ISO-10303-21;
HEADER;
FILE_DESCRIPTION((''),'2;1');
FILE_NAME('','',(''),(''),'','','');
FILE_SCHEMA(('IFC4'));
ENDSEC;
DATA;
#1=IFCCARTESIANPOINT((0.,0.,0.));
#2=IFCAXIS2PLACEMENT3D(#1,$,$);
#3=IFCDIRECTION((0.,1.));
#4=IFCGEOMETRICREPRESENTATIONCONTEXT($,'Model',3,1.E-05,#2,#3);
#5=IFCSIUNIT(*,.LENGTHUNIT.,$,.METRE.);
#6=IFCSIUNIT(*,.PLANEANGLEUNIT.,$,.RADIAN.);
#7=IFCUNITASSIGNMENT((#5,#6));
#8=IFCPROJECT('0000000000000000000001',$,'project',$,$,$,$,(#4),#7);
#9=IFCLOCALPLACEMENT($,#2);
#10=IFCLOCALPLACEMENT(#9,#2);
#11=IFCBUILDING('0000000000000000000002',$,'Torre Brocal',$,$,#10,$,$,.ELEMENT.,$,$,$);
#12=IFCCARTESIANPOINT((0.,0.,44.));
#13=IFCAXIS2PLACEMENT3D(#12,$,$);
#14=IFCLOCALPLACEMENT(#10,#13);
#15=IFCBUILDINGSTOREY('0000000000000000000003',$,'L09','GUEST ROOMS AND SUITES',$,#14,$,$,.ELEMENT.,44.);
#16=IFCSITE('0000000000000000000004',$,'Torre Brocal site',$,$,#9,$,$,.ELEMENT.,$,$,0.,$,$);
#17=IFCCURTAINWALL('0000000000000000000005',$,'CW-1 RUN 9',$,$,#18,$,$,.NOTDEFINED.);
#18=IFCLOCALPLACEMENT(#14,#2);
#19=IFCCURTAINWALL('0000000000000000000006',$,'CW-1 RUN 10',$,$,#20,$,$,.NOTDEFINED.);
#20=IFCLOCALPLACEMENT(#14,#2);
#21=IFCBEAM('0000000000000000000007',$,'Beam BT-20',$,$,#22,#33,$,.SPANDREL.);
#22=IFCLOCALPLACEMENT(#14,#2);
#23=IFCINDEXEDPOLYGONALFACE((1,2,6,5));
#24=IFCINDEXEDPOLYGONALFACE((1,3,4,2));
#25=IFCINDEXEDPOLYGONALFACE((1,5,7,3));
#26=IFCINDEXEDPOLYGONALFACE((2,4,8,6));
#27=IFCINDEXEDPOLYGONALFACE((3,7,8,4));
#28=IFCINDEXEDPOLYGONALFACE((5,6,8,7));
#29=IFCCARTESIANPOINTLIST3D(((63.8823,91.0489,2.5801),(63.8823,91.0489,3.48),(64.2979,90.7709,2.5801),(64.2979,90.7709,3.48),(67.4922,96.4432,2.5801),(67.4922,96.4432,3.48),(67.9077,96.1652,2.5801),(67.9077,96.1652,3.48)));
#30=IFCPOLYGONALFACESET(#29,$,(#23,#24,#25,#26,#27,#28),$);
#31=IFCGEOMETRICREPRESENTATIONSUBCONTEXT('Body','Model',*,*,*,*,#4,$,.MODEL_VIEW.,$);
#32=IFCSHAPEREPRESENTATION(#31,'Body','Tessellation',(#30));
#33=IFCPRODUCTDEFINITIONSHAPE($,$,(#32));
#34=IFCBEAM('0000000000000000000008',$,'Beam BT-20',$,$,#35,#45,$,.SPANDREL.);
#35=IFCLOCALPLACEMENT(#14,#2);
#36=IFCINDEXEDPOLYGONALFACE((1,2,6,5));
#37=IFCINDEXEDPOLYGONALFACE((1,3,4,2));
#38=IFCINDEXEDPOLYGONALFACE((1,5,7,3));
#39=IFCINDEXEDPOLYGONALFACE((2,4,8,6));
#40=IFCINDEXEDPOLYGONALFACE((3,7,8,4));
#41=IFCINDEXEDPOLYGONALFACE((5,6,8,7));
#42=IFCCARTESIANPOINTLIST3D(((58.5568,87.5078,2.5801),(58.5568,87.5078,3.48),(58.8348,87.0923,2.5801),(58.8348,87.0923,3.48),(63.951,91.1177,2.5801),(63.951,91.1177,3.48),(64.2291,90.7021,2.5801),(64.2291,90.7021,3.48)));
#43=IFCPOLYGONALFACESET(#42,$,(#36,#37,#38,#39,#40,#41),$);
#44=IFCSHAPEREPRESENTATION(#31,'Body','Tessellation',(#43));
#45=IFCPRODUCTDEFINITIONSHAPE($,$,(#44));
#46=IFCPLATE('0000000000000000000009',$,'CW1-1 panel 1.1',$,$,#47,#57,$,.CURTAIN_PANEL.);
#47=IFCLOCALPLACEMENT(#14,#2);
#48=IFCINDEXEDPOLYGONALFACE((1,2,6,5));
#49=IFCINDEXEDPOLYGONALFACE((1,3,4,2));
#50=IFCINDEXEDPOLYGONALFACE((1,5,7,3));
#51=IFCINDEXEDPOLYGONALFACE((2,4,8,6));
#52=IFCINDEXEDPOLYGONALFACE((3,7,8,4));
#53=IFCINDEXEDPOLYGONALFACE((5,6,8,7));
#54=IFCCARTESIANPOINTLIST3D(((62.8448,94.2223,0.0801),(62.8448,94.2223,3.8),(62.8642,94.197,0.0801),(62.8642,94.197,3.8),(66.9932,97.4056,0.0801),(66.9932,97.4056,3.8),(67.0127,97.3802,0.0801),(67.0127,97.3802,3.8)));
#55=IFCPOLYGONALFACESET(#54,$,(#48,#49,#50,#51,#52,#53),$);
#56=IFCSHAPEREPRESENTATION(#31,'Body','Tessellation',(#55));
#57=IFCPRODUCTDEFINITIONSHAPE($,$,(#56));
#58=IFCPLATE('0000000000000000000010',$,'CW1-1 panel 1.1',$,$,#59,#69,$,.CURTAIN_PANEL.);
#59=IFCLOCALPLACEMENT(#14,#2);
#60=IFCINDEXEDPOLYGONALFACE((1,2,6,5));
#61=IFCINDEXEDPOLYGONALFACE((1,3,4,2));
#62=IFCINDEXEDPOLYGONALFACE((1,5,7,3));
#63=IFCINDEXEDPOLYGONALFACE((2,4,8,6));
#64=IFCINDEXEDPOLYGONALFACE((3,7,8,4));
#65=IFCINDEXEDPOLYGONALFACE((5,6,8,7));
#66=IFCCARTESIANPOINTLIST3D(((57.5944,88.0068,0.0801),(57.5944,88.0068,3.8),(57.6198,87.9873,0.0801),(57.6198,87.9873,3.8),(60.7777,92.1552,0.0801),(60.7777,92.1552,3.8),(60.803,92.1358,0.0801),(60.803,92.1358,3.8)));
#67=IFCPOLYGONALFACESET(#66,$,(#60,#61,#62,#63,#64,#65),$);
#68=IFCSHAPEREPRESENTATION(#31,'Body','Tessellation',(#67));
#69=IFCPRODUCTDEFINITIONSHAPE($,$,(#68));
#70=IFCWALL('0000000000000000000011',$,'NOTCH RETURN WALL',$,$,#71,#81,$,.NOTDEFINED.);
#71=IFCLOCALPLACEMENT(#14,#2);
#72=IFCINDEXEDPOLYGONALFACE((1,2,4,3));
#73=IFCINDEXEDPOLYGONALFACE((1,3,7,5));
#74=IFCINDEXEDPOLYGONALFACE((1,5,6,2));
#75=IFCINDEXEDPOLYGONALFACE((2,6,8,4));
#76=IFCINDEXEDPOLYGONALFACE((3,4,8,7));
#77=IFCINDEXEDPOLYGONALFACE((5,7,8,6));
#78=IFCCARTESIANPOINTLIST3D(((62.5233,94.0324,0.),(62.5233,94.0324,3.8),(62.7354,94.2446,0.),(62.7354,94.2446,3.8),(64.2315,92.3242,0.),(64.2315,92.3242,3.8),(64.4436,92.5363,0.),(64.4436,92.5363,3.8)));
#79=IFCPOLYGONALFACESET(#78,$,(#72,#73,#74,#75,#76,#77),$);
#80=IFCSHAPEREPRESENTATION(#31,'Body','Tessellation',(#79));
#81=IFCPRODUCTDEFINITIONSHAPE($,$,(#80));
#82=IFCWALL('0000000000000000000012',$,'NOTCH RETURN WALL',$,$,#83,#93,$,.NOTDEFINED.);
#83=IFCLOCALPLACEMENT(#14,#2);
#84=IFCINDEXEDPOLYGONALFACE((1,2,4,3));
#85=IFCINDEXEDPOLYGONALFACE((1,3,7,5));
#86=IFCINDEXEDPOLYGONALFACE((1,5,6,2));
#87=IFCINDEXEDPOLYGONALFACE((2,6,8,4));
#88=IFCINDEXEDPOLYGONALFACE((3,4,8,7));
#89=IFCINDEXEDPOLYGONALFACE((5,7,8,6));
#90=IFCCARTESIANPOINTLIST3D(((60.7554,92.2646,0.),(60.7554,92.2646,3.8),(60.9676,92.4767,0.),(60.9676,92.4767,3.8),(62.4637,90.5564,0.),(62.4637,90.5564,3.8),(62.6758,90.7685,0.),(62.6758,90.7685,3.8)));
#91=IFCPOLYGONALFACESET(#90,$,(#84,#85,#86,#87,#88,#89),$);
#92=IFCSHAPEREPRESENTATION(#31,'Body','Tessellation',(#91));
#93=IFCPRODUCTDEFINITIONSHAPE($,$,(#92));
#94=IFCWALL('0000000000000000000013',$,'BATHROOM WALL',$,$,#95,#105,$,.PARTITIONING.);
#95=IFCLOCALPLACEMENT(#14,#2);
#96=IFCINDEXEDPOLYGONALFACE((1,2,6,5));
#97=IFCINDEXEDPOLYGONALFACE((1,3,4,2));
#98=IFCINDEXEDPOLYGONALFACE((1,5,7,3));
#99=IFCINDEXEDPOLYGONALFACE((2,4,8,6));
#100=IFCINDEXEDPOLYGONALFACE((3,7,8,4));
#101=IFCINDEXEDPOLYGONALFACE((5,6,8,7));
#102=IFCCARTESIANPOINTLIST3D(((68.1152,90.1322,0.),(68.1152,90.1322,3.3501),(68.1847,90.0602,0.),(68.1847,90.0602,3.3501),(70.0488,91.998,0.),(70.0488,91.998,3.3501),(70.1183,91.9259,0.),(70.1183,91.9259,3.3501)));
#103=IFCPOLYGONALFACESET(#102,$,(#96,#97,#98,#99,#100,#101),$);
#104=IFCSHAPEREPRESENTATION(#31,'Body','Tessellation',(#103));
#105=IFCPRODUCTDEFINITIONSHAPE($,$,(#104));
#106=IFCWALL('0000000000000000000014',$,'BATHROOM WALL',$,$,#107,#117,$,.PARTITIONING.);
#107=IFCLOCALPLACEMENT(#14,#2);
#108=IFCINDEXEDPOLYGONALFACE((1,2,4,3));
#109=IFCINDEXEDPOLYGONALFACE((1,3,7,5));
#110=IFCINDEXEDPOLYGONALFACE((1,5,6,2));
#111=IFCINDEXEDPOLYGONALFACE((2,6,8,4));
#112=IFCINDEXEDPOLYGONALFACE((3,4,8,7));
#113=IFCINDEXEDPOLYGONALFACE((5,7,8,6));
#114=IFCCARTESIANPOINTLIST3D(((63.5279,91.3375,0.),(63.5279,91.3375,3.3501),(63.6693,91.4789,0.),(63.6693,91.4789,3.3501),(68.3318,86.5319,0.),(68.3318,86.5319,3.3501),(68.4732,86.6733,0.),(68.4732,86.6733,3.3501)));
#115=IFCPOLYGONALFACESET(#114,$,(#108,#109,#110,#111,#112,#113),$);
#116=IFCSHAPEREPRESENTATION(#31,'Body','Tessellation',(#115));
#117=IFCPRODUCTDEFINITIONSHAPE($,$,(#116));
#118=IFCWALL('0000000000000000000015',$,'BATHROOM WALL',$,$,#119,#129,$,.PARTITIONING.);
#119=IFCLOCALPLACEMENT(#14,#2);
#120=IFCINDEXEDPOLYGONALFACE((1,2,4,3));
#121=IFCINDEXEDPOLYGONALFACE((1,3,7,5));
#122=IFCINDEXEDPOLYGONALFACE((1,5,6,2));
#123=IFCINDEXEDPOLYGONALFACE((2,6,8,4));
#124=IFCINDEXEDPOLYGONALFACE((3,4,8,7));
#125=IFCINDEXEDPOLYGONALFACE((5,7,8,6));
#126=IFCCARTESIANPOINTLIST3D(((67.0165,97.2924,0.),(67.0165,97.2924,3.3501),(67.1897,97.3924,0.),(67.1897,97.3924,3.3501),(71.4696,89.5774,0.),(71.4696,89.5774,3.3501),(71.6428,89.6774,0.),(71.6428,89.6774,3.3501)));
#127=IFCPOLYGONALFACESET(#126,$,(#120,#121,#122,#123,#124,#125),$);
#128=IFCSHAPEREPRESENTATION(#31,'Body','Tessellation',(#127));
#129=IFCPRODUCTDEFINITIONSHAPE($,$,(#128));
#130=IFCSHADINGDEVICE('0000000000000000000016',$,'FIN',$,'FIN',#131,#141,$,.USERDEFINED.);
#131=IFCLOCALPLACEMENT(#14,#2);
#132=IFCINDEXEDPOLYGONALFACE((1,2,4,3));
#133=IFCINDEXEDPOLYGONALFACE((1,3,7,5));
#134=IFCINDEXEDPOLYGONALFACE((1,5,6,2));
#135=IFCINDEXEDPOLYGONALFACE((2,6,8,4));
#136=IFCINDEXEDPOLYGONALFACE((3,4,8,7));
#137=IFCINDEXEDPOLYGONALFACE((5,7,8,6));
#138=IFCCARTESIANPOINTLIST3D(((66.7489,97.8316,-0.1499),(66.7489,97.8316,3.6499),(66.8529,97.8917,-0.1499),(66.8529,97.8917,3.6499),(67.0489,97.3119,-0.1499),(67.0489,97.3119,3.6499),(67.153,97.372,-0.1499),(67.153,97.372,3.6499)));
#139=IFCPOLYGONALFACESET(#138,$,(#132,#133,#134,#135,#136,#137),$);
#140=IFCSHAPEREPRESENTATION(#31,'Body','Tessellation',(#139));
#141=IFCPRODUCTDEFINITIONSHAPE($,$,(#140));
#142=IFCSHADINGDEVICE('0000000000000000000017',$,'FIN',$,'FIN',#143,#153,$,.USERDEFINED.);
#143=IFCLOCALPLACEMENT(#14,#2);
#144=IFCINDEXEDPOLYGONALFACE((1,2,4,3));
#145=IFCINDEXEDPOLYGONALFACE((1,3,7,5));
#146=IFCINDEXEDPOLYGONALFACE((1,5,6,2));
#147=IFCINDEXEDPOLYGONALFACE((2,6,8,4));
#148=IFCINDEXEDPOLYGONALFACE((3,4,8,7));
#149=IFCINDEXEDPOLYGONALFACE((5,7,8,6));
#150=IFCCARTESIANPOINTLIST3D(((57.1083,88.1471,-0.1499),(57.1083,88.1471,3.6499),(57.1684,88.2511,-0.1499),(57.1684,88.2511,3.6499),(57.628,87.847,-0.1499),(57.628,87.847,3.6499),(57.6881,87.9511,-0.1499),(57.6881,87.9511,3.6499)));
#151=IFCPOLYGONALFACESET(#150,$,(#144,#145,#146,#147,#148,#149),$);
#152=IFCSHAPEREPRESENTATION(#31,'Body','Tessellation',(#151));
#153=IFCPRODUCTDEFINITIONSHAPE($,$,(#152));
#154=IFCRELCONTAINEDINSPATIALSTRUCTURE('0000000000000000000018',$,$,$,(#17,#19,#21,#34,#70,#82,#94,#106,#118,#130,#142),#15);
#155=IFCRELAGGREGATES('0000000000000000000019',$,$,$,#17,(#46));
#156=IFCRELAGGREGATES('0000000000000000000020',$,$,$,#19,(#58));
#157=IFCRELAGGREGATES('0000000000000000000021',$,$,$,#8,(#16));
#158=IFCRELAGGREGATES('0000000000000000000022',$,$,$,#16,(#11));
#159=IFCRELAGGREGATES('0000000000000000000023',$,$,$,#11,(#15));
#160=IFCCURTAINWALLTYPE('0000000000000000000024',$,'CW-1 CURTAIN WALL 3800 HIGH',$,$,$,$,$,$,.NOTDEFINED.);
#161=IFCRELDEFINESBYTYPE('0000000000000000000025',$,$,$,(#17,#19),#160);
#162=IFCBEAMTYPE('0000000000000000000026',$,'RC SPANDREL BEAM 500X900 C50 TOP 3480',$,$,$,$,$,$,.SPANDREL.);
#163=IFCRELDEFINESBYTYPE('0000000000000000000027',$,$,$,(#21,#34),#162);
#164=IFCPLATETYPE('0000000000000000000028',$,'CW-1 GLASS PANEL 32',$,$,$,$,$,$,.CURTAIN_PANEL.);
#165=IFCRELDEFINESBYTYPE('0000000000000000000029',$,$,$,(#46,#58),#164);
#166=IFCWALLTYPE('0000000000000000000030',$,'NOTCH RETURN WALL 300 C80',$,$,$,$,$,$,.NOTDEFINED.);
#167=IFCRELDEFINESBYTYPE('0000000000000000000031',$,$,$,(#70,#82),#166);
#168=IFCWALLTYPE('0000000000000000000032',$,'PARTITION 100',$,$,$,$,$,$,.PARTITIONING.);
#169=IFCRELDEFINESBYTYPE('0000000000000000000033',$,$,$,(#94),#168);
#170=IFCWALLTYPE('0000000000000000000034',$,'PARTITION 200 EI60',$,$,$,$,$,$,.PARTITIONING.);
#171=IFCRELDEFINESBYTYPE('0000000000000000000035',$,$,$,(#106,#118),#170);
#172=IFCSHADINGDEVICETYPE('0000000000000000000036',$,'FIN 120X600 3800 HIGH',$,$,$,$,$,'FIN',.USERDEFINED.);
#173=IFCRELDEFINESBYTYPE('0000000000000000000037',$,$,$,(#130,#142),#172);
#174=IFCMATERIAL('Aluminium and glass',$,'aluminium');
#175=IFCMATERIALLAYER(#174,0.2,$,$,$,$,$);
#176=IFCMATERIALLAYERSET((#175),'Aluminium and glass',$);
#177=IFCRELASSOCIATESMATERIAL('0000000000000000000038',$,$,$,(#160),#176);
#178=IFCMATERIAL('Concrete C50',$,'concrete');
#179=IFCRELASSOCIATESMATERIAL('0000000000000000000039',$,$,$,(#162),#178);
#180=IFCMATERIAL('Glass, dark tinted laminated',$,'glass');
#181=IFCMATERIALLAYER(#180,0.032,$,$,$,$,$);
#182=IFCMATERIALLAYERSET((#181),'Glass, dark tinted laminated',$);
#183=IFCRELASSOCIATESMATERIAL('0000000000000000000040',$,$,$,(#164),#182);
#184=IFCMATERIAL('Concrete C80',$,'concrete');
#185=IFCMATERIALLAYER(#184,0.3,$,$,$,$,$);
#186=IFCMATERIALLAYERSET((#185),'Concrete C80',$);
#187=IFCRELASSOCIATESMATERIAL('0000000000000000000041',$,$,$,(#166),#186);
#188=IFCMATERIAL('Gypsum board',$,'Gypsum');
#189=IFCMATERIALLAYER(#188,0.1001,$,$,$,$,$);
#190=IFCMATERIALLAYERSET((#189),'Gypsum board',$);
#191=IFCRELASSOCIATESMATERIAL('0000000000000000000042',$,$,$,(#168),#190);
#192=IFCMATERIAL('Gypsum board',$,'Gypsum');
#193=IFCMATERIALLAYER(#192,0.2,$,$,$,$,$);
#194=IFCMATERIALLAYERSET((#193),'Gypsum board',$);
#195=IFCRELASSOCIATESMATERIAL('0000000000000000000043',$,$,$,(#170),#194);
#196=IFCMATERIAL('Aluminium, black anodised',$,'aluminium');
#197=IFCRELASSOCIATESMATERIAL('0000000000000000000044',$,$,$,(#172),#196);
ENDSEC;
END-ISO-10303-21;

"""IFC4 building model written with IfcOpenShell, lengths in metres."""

from ifc_helpers import new_model, si_unit, direction, frame, frame_2d, origin, origin_2d, place, context, subcontext, project, spatial, rectangle, extrude, material, layer, layer_set, material_profile, profile_set, type_object, element, aggregate, save


model = new_model("IFC4")

# Units and contexts
model_context = context("Model", 3, precision=1e-05, world=origin(), true_north=direction((0.0, 1.0)))
body_context = subcontext(model_context, "Body", "Model", "MODEL_VIEW")
ifc_project = project(units=[si_unit("LENGTHUNIT", "METRE"), si_unit("PLANEANGLEUNIT", "RADIAN")], contexts=[model_context])

# Site, building, storey
site_placement = place(None, origin())
site = spatial("IfcSite", under=ifc_project, at=site_placement, Name="Torre Brocal site", CompositionType="ELEMENT", RefElevation=0.0)
building_placement = place(site_placement, origin())
building = spatial("IfcBuilding", under=site, at=building_placement, Name="Torre Brocal", CompositionType="ELEMENT")
storey_placement = place(building_placement, frame((0.0, 0.0, 44.0)))
storey = spatial("IfcBuildingStorey", under=building, at=storey_placement, Name="L09", Description="GUEST ROOMS AND SUITES", CompositionType="ELEMENT", Elevation=44.0)

# Shared definitions
ifc_material_1 = material(Name="Aluminium and glass", Category="aluminium")
ifc_layer_1 = layer(ifc_material_1, 0.2)
ifc_layer_set_1 = layer_set([ifc_layer_1], Name="Aluminium and glass")
curtain_wall_type = type_object("IfcCurtainWallType", Name="CW-1 CURTAIN WALL 3800 HIGH", PredefinedType="NOTDEFINED", material=ifc_layer_set_1)

# Curtain walls
curtain_wall_1_placement = place(storey_placement, origin())
curtain_wall_1 = element("IfcCurtainWall", 1, at=curtain_wall_1_placement, inside=storey, type_object=curtain_wall_type, Name="CW-1 RUN 9", PredefinedType="NOTDEFINED")
curtain_wall_2_placement = place(storey_placement, origin())
curtain_wall_2 = element("IfcCurtainWall", 2, at=curtain_wall_2_placement, inside=storey, type_object=curtain_wall_type, Name="CW-1 RUN 10", PredefinedType="NOTDEFINED")

# Beams
ifc_material_2 = material(Name="Concrete C50", Category="concrete")
ifc_material_profile_1 = material_profile(ifc_material_2, rectangle(XDim=0.5, YDim=0.8999, at=origin_2d()), Name="RC 500X900")
ifc_profile_set_1 = profile_set([ifc_material_profile_1], Name="Concrete C50")
beam_type_1 = type_object("IfcBeamType", Name="RC SPANDREL BEAM 500X900 C50 TOP 3480", PredefinedType="SPANDREL", material=ifc_profile_set_1)
for number, where, z_axis, x_axis, name in (
    (3, (67.7, 96.3042, 3.03), (-0.556158, -0.831077, 0.0), (0.831077, -0.556158, 0.0), "Beam BT-20"),
    (4, (64.0901, 90.9099, 3.03), (-0.831077, -0.556158, 0.0), (0.556158, -0.831077, 0.0), "Beam BT-20"),
):
    element("IfcBeam", number, at=place(storey_placement, frame(where, z_axis=z_axis, x_axis=x_axis)), inside=storey, type_object=beam_type_1, Name=name, PredefinedType="SPANDREL", context=body_context, shape_type="SweptSolid", body=[
        extrude(rectangle(XDim=0.5, YDim=0.8999, at=origin_2d()), origin(), (0.0, 0.0, 1.0), 6.4907),
    ])

# Plates
ifc_material_3 = material(Name="Glass, dark tinted laminated", Category="glass")
ifc_layer_2 = layer(ifc_material_3, 0.032)
ifc_layer_set_2 = layer_set([ifc_layer_2], Name="Glass, dark tinted laminated")
plate_type = type_object("IfcPlateType", Name="CW-1 GLASS PANEL 32", PredefinedType="CURTAIN_PANEL", material=ifc_layer_set_2)
plate_1_placement = place(storey_placement, frame((64.9287, 95.8013, 0.0801), z_axis=(0.0, 0.0, 1.0), x_axis=(-0.793353, -0.608761, 0.0)))
plate_1 = element("IfcPlate", 5, at=plate_1_placement, type_object=plate_type, Name="CW1-1 panel 1.1", PredefinedType="CURTAIN_PANEL", context=body_context, shape_type="SweptSolid", body=[
    extrude(rectangle(XDim=5.229, YDim=0.032, at=origin_2d()), origin(), (0.0, 0.0, 1.0), 3.72),
])
aggregate(curtain_wall_1, [plate_1])
plate_2_placement = place(storey_placement, frame((59.1987, 90.0713, 0.0801), z_axis=(0.0, 0.0, 1.0), x_axis=(-0.608761, -0.793353, 0.0)))
plate_2 = element("IfcPlate", 6, at=plate_2_placement, type_object=plate_type, Name="CW1-1 panel 1.1", PredefinedType="CURTAIN_PANEL", context=body_context, shape_type="SweptSolid", body=[
    extrude(rectangle(XDim=5.229, YDim=0.032, at=origin_2d()), origin(), (0.0, 0.0, 1.0), 3.72),
])
aggregate(curtain_wall_2, [plate_2])

# Walls
ifc_material_4 = material(Name="Concrete C80", Category="concrete")
ifc_layer_3 = layer(ifc_material_4, 0.3)
ifc_layer_set_3 = layer_set([ifc_layer_3], Name="Concrete C80")
wall_type_1 = type_object("IfcWallType", Name="NOTCH RETURN WALL 300 C80", PredefinedType="NOTDEFINED", material=ifc_layer_set_3)
for number, where, z_axis, x_axis, name in (
    (7, (64.3376, 92.4302, 0.0), (0.0, 0.0, 1.0), (-0.707107, 0.707107, 0.0), "NOTCH RETURN WALL"),
    (8, (62.5698, 90.6624, 0.0), (0.0, 0.0, 1.0), (-0.707107, 0.707107, 0.0), "NOTCH RETURN WALL"),
):
    element("IfcWall", number, at=place(storey_placement, frame(where, z_axis=z_axis, x_axis=x_axis)), inside=storey, type_object=wall_type_1, Name=name, PredefinedType="NOTDEFINED", context=body_context, shape_type="SweptSolid", body=[
        extrude(rectangle(XDim=2.4158, YDim=0.3, at=frame_2d((1.208, 0.0))), origin(), (0.0, 0.0, 1.0), 3.8),
    ])
ifc_material_5 = material(Name="Gypsum board", Category="Gypsum")
ifc_layer_4 = layer(ifc_material_5, 0.1001)
ifc_layer_set_4 = layer_set([ifc_layer_4], Name="Gypsum board")
wall_type_2 = type_object("IfcWallType", Name="PARTITION 100", PredefinedType="PARTITIONING", material=ifc_layer_set_4)
wall_1_placement = place(storey_placement, frame((68.1499, 90.0962, 0.0), z_axis=(0.0, 0.0, 1.0), x_axis=(0.719624, 0.694364, 0.0)))
element("IfcWall", 9, at=wall_1_placement, inside=storey, type_object=wall_type_2, Name="BATHROOM WALL", PredefinedType="PARTITIONING", context=body_context, shape_type="SweptSolid", body=[
    extrude(rectangle(XDim=2.687, YDim=0.1001, at=frame_2d((1.3435, 0.0))), origin(), (0.0, 0.0, 1.0), 3.3501),
])
ifc_material_6 = material(Name="Gypsum board", Category="Gypsum")
ifc_layer_5 = layer(ifc_material_6, 0.2)
ifc_layer_set_5 = layer_set([ifc_layer_5], Name="Gypsum board")
wall_type_3 = type_object("IfcWallType", Name="PARTITION 200 EI60", PredefinedType="PARTITIONING", material=ifc_layer_set_5)
wall_2_placement = place(storey_placement, frame((63.5986, 91.4082, 0.0), z_axis=(0.0, 0.0, 1.0), x_axis=(0.706981, -0.707233, 0.0)))
element("IfcWall", 10, at=wall_2_placement, inside=storey, type_object=wall_type_3, Name="BATHROOM WALL", PredefinedType="PARTITIONING", context=body_context, shape_type="SweptSolid", body=[
    extrude(rectangle(XDim=6.7949, YDim=0.2, at=frame_2d((3.3975, 0.0))), origin(), (0.0, 0.0, 1.0), 3.3501),
])
wall_3_placement = place(storey_placement, frame((67.103, 97.3425, 0.0), z_axis=(0.0, 0.0, 1.0), x_axis=(0.4999, -0.866083, 0.0)))
element("IfcWall", 11, at=wall_3_placement, inside=storey, type_object=wall_type_3, Name="BATHROOM WALL", PredefinedType="PARTITIONING", context=body_context, shape_type="SweptSolid", body=[
    extrude(rectangle(XDim=8.908, YDim=0.2, at=frame_2d((4.4541, 0.0))), origin(), (0.0, 0.0, 1.0), 3.3501),
])

# Shading devices
ifc_material_7 = material(Name="Aluminium, black anodised", Category="aluminium")
ifc_material_profile_2 = material_profile(ifc_material_7, rectangle(XDim=0.1201, YDim=0.6001, at=origin_2d()), Name="FIN 120X600 3800 HIGH")
ifc_profile_set_2 = profile_set([ifc_material_profile_2], Name="Aluminium, black anodised")
shading_device_type = type_object("IfcShadingDeviceType", Name="FIN 120X600 3800 HIGH", ElementType="FIN", PredefinedType="USERDEFINED", material=ifc_profile_set_2)
for number, where, z_axis, x_axis, name in (
    (12, (66.9509, 97.6018, -0.1499), (0.0, 0.0, 1.0), (-0.866025, -0.5, 0.0), "FIN"),
    (13, (57.3982, 88.0491, -0.1499), (0.0, 0.0, 1.0), (-0.5, -0.866025, 0.0), "FIN"),
):
    element("IfcShadingDevice", number, at=place(storey_placement, frame(where, z_axis=z_axis, x_axis=x_axis)), inside=storey, type_object=shading_device_type, Name=name, ObjectType="FIN", PredefinedType="USERDEFINED", context=body_context, shape_type="SweptSolid", body=[
        extrude(rectangle(XDim=0.1201, YDim=0.6001, at=origin_2d()), origin(), (0.0, 0.0, 1.0), 3.7998),
    ])

save(model, "model.ifc")
